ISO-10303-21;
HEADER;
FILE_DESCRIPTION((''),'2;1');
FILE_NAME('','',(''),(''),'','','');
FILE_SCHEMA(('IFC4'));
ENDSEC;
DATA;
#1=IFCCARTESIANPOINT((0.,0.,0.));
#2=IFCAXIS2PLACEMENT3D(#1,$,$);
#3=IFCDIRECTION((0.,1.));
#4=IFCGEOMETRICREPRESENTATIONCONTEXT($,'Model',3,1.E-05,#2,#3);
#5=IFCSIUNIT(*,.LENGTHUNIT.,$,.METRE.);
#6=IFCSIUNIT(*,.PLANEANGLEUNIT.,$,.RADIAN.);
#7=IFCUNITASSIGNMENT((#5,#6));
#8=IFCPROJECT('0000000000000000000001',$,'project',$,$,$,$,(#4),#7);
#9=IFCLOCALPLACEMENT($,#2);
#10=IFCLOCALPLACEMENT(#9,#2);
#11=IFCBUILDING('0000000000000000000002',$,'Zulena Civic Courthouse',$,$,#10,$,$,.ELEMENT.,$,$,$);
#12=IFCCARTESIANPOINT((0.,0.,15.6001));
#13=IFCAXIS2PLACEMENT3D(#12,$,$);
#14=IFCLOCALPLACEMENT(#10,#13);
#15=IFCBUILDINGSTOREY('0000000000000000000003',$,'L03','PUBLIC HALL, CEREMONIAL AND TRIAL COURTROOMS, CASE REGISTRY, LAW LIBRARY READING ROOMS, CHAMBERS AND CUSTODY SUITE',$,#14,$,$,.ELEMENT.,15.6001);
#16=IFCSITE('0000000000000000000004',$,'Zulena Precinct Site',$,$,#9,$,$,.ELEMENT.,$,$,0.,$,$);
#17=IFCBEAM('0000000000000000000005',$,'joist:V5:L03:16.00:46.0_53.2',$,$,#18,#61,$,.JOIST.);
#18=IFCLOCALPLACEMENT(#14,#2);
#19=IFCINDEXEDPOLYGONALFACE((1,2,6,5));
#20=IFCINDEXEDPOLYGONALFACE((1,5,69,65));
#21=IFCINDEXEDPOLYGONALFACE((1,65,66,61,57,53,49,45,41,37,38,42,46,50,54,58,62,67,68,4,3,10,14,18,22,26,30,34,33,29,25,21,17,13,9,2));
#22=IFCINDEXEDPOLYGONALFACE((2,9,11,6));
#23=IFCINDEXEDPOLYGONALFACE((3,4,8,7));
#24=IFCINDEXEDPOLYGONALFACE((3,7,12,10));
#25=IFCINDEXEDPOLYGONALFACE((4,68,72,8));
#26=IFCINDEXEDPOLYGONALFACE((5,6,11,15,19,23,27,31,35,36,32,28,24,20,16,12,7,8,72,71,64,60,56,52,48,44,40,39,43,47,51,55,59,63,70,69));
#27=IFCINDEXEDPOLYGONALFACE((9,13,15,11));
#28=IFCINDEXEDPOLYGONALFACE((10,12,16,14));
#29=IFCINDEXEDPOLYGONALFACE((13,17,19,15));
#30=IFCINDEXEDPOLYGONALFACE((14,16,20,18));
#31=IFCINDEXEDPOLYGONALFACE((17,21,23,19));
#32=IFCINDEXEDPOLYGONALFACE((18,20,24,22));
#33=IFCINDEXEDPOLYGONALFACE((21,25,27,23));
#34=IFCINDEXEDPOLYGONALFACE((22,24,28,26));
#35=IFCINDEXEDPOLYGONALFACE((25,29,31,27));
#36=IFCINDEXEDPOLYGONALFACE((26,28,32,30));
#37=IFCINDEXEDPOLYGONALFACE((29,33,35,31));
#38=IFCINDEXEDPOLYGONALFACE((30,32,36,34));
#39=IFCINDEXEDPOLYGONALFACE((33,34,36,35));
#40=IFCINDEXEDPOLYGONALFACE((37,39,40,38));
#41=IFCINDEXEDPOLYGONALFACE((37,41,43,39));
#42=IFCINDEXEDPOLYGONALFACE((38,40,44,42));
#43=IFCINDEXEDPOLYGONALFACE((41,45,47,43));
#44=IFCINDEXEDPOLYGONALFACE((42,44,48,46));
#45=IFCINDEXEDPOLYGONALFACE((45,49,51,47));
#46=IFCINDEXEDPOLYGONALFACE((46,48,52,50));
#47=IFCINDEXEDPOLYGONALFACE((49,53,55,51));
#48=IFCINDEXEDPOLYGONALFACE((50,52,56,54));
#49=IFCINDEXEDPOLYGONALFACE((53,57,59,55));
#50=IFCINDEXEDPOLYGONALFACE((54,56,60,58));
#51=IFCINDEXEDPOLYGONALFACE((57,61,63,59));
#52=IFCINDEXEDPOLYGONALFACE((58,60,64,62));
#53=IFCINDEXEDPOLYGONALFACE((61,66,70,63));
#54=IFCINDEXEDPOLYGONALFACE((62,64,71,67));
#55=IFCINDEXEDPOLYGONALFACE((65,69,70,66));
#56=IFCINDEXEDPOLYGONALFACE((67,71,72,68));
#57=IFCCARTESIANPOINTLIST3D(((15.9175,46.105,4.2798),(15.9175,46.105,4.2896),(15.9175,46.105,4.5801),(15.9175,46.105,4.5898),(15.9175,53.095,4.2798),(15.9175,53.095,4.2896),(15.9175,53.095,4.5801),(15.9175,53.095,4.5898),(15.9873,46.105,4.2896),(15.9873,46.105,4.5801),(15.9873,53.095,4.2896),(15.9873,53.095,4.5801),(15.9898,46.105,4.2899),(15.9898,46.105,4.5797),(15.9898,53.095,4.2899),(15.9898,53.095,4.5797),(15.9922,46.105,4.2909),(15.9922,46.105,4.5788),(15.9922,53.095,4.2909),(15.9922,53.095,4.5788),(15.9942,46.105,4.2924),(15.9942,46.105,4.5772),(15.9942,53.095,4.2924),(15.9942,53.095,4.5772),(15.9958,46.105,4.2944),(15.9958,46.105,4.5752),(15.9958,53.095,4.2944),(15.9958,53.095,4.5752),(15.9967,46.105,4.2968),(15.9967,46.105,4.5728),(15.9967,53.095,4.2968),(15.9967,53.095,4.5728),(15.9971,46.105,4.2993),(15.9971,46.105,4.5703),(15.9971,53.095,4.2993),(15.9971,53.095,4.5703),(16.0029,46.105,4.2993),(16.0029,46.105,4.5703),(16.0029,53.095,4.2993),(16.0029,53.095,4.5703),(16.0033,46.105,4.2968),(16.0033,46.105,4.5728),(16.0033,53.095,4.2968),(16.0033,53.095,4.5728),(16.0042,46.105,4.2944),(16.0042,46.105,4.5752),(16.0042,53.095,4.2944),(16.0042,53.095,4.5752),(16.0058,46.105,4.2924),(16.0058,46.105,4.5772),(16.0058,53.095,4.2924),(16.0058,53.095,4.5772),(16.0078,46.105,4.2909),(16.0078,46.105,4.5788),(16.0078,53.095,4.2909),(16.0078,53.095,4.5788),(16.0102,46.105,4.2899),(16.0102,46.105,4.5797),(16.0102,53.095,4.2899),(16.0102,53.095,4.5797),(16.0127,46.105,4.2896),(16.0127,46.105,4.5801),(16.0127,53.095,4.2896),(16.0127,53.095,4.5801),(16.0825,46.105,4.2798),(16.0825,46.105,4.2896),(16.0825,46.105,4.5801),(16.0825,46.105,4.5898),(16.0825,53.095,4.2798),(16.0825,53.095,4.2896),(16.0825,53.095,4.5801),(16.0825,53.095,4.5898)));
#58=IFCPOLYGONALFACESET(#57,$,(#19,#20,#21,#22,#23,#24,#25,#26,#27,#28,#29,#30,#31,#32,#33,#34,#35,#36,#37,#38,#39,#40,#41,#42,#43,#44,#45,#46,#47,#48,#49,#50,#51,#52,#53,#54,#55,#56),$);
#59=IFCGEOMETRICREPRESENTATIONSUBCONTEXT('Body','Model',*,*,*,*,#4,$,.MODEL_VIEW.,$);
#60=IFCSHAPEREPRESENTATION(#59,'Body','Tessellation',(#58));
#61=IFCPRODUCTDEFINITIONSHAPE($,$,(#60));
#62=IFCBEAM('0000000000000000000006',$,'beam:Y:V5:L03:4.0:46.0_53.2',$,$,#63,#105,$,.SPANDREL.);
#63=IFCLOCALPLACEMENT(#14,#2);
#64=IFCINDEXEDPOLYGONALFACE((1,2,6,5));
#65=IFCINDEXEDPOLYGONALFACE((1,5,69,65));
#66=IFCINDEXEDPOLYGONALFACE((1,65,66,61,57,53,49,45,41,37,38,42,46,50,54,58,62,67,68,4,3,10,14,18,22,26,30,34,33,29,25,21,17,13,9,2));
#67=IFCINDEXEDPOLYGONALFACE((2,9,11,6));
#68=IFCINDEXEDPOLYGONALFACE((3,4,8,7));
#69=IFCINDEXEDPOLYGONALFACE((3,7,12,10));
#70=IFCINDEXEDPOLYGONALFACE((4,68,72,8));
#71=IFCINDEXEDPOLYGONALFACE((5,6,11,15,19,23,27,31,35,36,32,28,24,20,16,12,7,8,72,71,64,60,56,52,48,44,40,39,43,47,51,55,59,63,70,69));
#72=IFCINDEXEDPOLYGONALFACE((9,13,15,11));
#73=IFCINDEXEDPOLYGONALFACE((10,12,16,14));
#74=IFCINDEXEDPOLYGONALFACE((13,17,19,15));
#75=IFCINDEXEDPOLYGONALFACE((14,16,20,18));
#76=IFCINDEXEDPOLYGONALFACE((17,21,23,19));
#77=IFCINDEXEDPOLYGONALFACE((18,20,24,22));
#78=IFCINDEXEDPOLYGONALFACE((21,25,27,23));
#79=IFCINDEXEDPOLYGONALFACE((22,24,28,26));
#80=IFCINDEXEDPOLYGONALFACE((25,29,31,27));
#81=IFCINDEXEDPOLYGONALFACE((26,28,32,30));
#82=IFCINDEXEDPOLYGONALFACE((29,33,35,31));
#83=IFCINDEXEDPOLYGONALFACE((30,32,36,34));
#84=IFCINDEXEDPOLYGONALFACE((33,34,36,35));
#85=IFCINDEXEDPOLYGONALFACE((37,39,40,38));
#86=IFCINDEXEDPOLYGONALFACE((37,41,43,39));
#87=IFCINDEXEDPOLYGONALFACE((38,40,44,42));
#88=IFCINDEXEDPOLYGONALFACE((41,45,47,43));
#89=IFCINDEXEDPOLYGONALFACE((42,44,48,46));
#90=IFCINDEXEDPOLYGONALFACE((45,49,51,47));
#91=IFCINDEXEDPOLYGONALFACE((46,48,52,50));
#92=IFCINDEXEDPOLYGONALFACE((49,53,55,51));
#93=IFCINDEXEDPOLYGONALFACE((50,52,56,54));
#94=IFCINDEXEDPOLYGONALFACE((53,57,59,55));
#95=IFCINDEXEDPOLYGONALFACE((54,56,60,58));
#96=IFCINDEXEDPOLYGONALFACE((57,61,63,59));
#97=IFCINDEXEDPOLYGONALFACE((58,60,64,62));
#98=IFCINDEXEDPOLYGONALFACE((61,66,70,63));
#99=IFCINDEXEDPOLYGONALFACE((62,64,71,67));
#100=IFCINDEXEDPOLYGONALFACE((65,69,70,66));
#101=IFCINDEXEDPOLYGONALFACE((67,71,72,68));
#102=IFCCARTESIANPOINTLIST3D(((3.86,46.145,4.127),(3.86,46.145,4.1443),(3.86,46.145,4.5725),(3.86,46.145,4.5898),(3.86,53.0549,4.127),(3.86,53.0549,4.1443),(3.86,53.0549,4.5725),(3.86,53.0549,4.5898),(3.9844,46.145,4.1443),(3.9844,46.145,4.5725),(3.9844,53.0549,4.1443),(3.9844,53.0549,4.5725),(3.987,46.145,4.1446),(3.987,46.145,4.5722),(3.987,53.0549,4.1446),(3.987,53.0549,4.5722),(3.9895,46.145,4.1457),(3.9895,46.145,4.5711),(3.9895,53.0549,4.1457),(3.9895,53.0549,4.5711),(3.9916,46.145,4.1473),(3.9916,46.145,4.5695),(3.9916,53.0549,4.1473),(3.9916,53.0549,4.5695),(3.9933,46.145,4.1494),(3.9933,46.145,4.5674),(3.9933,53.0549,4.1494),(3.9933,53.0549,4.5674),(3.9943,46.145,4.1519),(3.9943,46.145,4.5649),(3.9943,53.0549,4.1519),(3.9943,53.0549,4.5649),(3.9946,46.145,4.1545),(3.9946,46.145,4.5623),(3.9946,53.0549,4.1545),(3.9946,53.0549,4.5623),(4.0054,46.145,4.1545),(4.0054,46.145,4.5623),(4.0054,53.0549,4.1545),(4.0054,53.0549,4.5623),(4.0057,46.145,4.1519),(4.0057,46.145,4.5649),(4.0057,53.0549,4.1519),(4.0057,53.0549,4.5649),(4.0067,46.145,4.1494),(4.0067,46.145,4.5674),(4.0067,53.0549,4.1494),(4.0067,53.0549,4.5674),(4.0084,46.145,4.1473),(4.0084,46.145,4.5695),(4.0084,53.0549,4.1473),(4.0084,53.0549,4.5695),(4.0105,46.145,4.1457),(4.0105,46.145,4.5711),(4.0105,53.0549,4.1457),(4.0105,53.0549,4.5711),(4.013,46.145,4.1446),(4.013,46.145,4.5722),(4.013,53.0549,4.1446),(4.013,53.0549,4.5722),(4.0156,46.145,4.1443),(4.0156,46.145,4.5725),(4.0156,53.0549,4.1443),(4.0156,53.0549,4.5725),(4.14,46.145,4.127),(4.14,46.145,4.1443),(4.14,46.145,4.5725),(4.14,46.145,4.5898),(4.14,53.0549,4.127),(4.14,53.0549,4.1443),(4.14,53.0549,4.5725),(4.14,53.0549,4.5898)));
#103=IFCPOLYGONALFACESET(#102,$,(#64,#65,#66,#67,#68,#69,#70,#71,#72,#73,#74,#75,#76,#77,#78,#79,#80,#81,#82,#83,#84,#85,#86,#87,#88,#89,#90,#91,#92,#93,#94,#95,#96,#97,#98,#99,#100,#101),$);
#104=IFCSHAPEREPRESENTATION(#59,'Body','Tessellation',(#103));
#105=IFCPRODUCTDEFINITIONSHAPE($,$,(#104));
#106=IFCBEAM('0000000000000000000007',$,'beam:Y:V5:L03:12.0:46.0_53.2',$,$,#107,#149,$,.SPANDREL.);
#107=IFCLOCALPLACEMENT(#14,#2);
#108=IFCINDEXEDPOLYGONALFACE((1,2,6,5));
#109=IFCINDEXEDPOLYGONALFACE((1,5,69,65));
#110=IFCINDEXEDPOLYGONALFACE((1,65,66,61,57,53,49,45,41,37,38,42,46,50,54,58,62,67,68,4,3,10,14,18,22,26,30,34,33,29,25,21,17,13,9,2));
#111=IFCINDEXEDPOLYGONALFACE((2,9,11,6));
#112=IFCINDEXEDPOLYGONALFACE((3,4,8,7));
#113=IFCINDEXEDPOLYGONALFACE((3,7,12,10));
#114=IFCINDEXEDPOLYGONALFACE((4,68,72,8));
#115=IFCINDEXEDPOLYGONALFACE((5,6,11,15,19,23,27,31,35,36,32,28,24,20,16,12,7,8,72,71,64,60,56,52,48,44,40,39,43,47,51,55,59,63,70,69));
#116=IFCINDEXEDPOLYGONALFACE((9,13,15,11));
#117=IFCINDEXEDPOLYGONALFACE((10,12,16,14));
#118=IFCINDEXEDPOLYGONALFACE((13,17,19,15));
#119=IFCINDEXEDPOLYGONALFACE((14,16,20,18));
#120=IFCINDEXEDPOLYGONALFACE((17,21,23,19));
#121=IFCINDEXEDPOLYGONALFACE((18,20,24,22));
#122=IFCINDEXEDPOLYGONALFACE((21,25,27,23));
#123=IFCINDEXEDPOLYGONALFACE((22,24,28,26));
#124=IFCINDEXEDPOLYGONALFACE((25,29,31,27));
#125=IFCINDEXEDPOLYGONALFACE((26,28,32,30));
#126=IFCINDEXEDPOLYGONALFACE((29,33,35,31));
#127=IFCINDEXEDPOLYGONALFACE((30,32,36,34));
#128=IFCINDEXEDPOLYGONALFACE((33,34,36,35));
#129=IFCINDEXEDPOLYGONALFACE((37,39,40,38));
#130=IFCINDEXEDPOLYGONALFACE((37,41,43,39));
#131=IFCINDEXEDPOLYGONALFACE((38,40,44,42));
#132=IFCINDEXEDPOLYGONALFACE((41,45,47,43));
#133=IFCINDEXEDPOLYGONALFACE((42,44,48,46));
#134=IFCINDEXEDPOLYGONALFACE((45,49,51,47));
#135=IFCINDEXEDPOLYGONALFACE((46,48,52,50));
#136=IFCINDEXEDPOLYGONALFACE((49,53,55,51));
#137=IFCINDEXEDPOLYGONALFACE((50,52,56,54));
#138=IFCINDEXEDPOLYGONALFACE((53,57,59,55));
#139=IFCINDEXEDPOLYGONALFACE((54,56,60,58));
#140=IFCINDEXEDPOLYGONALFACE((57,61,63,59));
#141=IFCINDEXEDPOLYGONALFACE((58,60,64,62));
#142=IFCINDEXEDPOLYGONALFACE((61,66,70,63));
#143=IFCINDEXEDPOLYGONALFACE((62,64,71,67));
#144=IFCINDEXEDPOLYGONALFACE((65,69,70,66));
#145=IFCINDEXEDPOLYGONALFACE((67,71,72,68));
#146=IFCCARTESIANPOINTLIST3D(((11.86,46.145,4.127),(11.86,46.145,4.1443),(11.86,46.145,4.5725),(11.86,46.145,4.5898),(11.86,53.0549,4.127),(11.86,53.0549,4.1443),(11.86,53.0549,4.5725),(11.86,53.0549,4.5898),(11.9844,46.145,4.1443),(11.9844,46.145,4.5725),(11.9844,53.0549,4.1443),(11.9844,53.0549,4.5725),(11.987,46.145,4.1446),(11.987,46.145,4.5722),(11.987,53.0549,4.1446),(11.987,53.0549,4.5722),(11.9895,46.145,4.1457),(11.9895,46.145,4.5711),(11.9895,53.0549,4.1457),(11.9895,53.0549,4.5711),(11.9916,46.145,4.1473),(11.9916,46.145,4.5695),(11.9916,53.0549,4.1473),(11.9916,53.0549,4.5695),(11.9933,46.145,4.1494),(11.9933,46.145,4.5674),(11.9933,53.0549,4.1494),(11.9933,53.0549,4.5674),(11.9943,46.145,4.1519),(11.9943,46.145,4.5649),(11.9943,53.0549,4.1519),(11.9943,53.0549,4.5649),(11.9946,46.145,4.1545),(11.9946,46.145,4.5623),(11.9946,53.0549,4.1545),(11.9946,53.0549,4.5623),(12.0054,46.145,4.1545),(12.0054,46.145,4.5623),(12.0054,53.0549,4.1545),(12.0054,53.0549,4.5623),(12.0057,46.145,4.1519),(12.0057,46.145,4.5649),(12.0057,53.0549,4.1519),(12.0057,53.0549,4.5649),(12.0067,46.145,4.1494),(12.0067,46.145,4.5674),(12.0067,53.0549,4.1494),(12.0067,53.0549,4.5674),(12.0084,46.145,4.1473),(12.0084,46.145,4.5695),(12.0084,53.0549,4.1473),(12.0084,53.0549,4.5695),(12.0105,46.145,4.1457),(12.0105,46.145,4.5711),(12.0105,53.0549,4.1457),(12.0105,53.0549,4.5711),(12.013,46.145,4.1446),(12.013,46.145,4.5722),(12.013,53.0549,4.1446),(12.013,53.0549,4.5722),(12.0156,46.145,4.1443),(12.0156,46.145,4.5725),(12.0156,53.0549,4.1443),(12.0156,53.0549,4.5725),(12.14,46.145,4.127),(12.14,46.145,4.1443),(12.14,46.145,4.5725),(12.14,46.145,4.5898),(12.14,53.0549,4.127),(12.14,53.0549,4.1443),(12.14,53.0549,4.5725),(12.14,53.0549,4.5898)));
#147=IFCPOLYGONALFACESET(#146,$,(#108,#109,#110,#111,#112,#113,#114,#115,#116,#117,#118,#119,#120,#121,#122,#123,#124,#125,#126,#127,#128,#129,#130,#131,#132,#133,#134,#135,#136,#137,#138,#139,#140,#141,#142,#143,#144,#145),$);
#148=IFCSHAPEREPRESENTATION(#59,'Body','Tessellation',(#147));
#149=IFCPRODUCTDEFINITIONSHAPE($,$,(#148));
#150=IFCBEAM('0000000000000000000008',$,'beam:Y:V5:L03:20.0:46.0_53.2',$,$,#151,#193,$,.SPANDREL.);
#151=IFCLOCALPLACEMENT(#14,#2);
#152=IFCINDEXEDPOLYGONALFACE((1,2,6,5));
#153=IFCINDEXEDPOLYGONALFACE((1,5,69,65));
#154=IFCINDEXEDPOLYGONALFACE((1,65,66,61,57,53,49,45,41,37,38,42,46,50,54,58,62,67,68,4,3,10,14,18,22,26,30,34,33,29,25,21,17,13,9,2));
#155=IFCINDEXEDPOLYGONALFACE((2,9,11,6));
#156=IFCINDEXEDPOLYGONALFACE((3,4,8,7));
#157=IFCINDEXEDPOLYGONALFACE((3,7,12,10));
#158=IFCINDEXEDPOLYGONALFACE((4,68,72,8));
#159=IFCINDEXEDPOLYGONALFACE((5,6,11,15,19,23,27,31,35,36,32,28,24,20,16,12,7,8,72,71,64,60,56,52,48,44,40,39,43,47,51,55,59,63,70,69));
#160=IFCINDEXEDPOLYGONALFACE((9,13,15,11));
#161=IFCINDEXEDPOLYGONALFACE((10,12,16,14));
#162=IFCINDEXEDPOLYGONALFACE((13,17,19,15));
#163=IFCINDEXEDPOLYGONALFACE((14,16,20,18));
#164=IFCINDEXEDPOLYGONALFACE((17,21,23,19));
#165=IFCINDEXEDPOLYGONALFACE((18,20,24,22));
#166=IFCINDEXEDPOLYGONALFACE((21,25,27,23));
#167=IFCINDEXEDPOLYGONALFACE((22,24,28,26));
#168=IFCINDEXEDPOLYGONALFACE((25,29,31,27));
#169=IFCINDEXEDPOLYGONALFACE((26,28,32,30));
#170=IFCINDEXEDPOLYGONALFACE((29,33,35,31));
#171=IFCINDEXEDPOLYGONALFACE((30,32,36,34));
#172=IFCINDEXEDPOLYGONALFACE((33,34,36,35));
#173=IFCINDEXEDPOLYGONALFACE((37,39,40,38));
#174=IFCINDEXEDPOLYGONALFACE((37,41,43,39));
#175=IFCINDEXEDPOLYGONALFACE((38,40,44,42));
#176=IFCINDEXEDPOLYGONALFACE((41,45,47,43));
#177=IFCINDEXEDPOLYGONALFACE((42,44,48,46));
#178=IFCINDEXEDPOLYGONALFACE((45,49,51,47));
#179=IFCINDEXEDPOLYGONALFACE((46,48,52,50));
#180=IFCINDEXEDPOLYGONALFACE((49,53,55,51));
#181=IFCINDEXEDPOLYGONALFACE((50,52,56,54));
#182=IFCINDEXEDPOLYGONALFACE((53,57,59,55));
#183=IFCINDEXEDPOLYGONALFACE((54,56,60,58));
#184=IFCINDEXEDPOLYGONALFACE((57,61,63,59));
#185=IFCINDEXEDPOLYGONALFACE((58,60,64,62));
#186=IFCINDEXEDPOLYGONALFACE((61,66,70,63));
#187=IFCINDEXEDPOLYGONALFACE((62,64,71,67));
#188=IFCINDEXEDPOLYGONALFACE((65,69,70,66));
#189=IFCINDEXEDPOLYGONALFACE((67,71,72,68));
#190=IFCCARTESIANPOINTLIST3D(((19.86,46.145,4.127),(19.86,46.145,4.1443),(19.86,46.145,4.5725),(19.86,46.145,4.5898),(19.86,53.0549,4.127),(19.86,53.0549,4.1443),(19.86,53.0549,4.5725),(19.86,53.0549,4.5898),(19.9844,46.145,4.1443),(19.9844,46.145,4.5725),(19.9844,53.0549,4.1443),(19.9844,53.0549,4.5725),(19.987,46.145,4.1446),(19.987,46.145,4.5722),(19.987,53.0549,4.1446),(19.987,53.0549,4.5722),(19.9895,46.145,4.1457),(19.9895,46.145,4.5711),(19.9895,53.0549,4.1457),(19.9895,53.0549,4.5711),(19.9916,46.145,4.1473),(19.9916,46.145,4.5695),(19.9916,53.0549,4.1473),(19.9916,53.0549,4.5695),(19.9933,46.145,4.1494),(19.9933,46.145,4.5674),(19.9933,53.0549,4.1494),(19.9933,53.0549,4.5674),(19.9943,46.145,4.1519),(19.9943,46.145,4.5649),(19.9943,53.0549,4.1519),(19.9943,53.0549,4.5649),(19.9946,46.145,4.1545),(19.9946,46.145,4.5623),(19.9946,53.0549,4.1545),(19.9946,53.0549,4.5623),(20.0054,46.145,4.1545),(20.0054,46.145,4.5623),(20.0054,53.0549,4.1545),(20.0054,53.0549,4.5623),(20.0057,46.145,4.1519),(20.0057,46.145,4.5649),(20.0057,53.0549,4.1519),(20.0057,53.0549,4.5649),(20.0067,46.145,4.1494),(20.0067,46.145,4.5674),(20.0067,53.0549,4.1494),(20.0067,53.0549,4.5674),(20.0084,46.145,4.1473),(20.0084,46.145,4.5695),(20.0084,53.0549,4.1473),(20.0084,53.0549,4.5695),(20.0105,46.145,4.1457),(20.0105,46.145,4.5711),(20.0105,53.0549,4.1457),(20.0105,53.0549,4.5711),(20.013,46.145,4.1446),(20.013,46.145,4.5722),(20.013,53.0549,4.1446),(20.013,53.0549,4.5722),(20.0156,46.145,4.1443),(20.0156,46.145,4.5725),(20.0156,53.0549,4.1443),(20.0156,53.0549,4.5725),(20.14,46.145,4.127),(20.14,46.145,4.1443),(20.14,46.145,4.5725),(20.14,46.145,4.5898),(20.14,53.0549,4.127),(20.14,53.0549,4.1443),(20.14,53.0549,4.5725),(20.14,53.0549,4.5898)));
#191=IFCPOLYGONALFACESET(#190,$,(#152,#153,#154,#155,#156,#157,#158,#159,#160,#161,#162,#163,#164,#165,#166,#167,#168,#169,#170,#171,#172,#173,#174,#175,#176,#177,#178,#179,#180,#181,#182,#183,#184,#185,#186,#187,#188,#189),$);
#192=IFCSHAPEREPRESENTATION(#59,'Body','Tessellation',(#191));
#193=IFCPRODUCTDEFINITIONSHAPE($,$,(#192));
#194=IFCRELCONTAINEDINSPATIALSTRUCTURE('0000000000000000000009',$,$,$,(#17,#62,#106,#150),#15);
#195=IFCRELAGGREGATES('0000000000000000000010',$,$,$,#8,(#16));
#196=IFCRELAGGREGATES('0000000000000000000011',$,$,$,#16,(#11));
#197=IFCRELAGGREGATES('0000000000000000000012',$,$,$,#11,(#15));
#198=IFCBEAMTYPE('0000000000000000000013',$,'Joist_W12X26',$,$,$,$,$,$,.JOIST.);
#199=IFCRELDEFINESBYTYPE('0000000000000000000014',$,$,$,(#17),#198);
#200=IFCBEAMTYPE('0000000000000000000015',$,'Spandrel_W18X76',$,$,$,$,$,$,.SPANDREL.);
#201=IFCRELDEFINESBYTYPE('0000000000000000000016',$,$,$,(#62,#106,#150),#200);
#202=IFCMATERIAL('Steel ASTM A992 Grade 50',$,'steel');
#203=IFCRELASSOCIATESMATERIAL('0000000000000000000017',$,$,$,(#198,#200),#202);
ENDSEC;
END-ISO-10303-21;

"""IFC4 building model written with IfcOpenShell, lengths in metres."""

from ifc_helpers import new_model, si_unit, direction, frame, origin, origin_2d, place, context, subcontext, project, spatial, i_section, extrude, material, material_profile, profile_set, type_object, element, save


model = new_model("IFC4")

# Units and contexts
model_context = context("Model", 3, precision=1e-05, world=origin(), true_north=direction((0.0, 1.0)))
body_context = subcontext(model_context, "Body", "Model", "MODEL_VIEW")
ifc_project = project(units=[si_unit("LENGTHUNIT", "METRE"), si_unit("PLANEANGLEUNIT", "RADIAN")], contexts=[model_context])

# Site, building, storey
site_placement = place(None, origin())
site = spatial("IfcSite", under=ifc_project, at=site_placement, Name="Zulena Precinct Site", CompositionType="ELEMENT", RefElevation=0.0)
building_placement = place(site_placement, origin())
building = spatial("IfcBuilding", under=site, at=building_placement, Name="Zulena Civic Courthouse", CompositionType="ELEMENT")
storey_placement = place(building_placement, frame((0.0, 0.0, 15.6001)))
storey = spatial("IfcBuildingStorey", under=building, at=storey_placement, Name="L03", Description="PUBLIC HALL, CEREMONIAL AND TRIAL COURTROOMS, CASE REGISTRY, LAW LIBRARY READING ROOMS, CHAMBERS AND CUSTODY SUITE", CompositionType="ELEMENT", Elevation=15.6001)

# Shared definitions
ifc_material_1 = material(Name="Steel ASTM A992 Grade 50", Category="steel")

# Beams
ifc_material_profile_1 = material_profile(ifc_material_1, i_section(OverallWidth=0.165, OverallDepth=0.3101, WebThickness=0.0059, FlangeThickness=0.0098, FilletRadius=0.0098, at=origin_2d()), Name="W12X26")
ifc_profile_set_1 = profile_set([ifc_material_profile_1], Name="Steel ASTM A992 Grade 50")
beam_type_1 = type_object("IfcBeamType", Name="Joist_W12X26", PredefinedType="JOIST", material=ifc_profile_set_1)
for number, where, z_axis, x_axis, name in (
    (1, (16.0, 46.105, 4.4348), (0.0, 1.0, 0.0), (-1.0, 0.0, 0.0), "joist:V5:L03:16.00:46.0_53.2"),
):
    element("IfcBeam", number, at=place(storey_placement, frame(where, z_axis=z_axis, x_axis=x_axis)), inside=storey, type_object=beam_type_1, Name=name, PredefinedType="JOIST", context=body_context, shape_type="SweptSolid", body=[
        extrude(i_section(OverallWidth=0.165, OverallDepth=0.3101, WebThickness=0.0059, FlangeThickness=0.0098, FilletRadius=0.0098, at=origin_2d()), origin(), (0.0, 0.0, 1.0), 6.99),
    ])
ifc_material_profile_2 = material_profile(ifc_material_1, i_section(OverallWidth=0.28, OverallDepth=0.4629, WebThickness=0.0107, FlangeThickness=0.0173, FilletRadius=0.0103, at=origin_2d()), Name="W18X76")
ifc_profile_set_2 = profile_set([ifc_material_profile_2], Name="Steel ASTM A992 Grade 50")
beam_type_2 = type_object("IfcBeamType", Name="Spandrel_W18X76", PredefinedType="SPANDREL", material=ifc_profile_set_2)
for number, where, z_axis, x_axis, name in (
    (2, (4.0, 46.145, 4.3584), (0.0, 1.0, 0.0), (-1.0, 0.0, 0.0), "beam:Y:V5:L03:4.0:46.0_53.2"),
    (3, (12.0, 46.145, 4.3584), (0.0, 1.0, 0.0), (-1.0, 0.0, 0.0), "beam:Y:V5:L03:12.0:46.0_53.2"),
    (4, (20.0, 46.145, 4.3584), (0.0, 1.0, 0.0), (-1.0, 0.0, 0.0), "beam:Y:V5:L03:20.0:46.0_53.2"),
):
    element("IfcBeam", number, at=place(storey_placement, frame(where, z_axis=z_axis, x_axis=x_axis)), inside=storey, type_object=beam_type_2, Name=name, PredefinedType="SPANDREL", context=body_context, shape_type="SweptSolid", body=[
        extrude(i_section(OverallWidth=0.28, OverallDepth=0.4629, WebThickness=0.0107, FlangeThickness=0.0173, FilletRadius=0.0103, at=origin_2d()), origin(), (0.0, 0.0, 1.0), 6.9099),
    ])

save(model, "model.ifc")
